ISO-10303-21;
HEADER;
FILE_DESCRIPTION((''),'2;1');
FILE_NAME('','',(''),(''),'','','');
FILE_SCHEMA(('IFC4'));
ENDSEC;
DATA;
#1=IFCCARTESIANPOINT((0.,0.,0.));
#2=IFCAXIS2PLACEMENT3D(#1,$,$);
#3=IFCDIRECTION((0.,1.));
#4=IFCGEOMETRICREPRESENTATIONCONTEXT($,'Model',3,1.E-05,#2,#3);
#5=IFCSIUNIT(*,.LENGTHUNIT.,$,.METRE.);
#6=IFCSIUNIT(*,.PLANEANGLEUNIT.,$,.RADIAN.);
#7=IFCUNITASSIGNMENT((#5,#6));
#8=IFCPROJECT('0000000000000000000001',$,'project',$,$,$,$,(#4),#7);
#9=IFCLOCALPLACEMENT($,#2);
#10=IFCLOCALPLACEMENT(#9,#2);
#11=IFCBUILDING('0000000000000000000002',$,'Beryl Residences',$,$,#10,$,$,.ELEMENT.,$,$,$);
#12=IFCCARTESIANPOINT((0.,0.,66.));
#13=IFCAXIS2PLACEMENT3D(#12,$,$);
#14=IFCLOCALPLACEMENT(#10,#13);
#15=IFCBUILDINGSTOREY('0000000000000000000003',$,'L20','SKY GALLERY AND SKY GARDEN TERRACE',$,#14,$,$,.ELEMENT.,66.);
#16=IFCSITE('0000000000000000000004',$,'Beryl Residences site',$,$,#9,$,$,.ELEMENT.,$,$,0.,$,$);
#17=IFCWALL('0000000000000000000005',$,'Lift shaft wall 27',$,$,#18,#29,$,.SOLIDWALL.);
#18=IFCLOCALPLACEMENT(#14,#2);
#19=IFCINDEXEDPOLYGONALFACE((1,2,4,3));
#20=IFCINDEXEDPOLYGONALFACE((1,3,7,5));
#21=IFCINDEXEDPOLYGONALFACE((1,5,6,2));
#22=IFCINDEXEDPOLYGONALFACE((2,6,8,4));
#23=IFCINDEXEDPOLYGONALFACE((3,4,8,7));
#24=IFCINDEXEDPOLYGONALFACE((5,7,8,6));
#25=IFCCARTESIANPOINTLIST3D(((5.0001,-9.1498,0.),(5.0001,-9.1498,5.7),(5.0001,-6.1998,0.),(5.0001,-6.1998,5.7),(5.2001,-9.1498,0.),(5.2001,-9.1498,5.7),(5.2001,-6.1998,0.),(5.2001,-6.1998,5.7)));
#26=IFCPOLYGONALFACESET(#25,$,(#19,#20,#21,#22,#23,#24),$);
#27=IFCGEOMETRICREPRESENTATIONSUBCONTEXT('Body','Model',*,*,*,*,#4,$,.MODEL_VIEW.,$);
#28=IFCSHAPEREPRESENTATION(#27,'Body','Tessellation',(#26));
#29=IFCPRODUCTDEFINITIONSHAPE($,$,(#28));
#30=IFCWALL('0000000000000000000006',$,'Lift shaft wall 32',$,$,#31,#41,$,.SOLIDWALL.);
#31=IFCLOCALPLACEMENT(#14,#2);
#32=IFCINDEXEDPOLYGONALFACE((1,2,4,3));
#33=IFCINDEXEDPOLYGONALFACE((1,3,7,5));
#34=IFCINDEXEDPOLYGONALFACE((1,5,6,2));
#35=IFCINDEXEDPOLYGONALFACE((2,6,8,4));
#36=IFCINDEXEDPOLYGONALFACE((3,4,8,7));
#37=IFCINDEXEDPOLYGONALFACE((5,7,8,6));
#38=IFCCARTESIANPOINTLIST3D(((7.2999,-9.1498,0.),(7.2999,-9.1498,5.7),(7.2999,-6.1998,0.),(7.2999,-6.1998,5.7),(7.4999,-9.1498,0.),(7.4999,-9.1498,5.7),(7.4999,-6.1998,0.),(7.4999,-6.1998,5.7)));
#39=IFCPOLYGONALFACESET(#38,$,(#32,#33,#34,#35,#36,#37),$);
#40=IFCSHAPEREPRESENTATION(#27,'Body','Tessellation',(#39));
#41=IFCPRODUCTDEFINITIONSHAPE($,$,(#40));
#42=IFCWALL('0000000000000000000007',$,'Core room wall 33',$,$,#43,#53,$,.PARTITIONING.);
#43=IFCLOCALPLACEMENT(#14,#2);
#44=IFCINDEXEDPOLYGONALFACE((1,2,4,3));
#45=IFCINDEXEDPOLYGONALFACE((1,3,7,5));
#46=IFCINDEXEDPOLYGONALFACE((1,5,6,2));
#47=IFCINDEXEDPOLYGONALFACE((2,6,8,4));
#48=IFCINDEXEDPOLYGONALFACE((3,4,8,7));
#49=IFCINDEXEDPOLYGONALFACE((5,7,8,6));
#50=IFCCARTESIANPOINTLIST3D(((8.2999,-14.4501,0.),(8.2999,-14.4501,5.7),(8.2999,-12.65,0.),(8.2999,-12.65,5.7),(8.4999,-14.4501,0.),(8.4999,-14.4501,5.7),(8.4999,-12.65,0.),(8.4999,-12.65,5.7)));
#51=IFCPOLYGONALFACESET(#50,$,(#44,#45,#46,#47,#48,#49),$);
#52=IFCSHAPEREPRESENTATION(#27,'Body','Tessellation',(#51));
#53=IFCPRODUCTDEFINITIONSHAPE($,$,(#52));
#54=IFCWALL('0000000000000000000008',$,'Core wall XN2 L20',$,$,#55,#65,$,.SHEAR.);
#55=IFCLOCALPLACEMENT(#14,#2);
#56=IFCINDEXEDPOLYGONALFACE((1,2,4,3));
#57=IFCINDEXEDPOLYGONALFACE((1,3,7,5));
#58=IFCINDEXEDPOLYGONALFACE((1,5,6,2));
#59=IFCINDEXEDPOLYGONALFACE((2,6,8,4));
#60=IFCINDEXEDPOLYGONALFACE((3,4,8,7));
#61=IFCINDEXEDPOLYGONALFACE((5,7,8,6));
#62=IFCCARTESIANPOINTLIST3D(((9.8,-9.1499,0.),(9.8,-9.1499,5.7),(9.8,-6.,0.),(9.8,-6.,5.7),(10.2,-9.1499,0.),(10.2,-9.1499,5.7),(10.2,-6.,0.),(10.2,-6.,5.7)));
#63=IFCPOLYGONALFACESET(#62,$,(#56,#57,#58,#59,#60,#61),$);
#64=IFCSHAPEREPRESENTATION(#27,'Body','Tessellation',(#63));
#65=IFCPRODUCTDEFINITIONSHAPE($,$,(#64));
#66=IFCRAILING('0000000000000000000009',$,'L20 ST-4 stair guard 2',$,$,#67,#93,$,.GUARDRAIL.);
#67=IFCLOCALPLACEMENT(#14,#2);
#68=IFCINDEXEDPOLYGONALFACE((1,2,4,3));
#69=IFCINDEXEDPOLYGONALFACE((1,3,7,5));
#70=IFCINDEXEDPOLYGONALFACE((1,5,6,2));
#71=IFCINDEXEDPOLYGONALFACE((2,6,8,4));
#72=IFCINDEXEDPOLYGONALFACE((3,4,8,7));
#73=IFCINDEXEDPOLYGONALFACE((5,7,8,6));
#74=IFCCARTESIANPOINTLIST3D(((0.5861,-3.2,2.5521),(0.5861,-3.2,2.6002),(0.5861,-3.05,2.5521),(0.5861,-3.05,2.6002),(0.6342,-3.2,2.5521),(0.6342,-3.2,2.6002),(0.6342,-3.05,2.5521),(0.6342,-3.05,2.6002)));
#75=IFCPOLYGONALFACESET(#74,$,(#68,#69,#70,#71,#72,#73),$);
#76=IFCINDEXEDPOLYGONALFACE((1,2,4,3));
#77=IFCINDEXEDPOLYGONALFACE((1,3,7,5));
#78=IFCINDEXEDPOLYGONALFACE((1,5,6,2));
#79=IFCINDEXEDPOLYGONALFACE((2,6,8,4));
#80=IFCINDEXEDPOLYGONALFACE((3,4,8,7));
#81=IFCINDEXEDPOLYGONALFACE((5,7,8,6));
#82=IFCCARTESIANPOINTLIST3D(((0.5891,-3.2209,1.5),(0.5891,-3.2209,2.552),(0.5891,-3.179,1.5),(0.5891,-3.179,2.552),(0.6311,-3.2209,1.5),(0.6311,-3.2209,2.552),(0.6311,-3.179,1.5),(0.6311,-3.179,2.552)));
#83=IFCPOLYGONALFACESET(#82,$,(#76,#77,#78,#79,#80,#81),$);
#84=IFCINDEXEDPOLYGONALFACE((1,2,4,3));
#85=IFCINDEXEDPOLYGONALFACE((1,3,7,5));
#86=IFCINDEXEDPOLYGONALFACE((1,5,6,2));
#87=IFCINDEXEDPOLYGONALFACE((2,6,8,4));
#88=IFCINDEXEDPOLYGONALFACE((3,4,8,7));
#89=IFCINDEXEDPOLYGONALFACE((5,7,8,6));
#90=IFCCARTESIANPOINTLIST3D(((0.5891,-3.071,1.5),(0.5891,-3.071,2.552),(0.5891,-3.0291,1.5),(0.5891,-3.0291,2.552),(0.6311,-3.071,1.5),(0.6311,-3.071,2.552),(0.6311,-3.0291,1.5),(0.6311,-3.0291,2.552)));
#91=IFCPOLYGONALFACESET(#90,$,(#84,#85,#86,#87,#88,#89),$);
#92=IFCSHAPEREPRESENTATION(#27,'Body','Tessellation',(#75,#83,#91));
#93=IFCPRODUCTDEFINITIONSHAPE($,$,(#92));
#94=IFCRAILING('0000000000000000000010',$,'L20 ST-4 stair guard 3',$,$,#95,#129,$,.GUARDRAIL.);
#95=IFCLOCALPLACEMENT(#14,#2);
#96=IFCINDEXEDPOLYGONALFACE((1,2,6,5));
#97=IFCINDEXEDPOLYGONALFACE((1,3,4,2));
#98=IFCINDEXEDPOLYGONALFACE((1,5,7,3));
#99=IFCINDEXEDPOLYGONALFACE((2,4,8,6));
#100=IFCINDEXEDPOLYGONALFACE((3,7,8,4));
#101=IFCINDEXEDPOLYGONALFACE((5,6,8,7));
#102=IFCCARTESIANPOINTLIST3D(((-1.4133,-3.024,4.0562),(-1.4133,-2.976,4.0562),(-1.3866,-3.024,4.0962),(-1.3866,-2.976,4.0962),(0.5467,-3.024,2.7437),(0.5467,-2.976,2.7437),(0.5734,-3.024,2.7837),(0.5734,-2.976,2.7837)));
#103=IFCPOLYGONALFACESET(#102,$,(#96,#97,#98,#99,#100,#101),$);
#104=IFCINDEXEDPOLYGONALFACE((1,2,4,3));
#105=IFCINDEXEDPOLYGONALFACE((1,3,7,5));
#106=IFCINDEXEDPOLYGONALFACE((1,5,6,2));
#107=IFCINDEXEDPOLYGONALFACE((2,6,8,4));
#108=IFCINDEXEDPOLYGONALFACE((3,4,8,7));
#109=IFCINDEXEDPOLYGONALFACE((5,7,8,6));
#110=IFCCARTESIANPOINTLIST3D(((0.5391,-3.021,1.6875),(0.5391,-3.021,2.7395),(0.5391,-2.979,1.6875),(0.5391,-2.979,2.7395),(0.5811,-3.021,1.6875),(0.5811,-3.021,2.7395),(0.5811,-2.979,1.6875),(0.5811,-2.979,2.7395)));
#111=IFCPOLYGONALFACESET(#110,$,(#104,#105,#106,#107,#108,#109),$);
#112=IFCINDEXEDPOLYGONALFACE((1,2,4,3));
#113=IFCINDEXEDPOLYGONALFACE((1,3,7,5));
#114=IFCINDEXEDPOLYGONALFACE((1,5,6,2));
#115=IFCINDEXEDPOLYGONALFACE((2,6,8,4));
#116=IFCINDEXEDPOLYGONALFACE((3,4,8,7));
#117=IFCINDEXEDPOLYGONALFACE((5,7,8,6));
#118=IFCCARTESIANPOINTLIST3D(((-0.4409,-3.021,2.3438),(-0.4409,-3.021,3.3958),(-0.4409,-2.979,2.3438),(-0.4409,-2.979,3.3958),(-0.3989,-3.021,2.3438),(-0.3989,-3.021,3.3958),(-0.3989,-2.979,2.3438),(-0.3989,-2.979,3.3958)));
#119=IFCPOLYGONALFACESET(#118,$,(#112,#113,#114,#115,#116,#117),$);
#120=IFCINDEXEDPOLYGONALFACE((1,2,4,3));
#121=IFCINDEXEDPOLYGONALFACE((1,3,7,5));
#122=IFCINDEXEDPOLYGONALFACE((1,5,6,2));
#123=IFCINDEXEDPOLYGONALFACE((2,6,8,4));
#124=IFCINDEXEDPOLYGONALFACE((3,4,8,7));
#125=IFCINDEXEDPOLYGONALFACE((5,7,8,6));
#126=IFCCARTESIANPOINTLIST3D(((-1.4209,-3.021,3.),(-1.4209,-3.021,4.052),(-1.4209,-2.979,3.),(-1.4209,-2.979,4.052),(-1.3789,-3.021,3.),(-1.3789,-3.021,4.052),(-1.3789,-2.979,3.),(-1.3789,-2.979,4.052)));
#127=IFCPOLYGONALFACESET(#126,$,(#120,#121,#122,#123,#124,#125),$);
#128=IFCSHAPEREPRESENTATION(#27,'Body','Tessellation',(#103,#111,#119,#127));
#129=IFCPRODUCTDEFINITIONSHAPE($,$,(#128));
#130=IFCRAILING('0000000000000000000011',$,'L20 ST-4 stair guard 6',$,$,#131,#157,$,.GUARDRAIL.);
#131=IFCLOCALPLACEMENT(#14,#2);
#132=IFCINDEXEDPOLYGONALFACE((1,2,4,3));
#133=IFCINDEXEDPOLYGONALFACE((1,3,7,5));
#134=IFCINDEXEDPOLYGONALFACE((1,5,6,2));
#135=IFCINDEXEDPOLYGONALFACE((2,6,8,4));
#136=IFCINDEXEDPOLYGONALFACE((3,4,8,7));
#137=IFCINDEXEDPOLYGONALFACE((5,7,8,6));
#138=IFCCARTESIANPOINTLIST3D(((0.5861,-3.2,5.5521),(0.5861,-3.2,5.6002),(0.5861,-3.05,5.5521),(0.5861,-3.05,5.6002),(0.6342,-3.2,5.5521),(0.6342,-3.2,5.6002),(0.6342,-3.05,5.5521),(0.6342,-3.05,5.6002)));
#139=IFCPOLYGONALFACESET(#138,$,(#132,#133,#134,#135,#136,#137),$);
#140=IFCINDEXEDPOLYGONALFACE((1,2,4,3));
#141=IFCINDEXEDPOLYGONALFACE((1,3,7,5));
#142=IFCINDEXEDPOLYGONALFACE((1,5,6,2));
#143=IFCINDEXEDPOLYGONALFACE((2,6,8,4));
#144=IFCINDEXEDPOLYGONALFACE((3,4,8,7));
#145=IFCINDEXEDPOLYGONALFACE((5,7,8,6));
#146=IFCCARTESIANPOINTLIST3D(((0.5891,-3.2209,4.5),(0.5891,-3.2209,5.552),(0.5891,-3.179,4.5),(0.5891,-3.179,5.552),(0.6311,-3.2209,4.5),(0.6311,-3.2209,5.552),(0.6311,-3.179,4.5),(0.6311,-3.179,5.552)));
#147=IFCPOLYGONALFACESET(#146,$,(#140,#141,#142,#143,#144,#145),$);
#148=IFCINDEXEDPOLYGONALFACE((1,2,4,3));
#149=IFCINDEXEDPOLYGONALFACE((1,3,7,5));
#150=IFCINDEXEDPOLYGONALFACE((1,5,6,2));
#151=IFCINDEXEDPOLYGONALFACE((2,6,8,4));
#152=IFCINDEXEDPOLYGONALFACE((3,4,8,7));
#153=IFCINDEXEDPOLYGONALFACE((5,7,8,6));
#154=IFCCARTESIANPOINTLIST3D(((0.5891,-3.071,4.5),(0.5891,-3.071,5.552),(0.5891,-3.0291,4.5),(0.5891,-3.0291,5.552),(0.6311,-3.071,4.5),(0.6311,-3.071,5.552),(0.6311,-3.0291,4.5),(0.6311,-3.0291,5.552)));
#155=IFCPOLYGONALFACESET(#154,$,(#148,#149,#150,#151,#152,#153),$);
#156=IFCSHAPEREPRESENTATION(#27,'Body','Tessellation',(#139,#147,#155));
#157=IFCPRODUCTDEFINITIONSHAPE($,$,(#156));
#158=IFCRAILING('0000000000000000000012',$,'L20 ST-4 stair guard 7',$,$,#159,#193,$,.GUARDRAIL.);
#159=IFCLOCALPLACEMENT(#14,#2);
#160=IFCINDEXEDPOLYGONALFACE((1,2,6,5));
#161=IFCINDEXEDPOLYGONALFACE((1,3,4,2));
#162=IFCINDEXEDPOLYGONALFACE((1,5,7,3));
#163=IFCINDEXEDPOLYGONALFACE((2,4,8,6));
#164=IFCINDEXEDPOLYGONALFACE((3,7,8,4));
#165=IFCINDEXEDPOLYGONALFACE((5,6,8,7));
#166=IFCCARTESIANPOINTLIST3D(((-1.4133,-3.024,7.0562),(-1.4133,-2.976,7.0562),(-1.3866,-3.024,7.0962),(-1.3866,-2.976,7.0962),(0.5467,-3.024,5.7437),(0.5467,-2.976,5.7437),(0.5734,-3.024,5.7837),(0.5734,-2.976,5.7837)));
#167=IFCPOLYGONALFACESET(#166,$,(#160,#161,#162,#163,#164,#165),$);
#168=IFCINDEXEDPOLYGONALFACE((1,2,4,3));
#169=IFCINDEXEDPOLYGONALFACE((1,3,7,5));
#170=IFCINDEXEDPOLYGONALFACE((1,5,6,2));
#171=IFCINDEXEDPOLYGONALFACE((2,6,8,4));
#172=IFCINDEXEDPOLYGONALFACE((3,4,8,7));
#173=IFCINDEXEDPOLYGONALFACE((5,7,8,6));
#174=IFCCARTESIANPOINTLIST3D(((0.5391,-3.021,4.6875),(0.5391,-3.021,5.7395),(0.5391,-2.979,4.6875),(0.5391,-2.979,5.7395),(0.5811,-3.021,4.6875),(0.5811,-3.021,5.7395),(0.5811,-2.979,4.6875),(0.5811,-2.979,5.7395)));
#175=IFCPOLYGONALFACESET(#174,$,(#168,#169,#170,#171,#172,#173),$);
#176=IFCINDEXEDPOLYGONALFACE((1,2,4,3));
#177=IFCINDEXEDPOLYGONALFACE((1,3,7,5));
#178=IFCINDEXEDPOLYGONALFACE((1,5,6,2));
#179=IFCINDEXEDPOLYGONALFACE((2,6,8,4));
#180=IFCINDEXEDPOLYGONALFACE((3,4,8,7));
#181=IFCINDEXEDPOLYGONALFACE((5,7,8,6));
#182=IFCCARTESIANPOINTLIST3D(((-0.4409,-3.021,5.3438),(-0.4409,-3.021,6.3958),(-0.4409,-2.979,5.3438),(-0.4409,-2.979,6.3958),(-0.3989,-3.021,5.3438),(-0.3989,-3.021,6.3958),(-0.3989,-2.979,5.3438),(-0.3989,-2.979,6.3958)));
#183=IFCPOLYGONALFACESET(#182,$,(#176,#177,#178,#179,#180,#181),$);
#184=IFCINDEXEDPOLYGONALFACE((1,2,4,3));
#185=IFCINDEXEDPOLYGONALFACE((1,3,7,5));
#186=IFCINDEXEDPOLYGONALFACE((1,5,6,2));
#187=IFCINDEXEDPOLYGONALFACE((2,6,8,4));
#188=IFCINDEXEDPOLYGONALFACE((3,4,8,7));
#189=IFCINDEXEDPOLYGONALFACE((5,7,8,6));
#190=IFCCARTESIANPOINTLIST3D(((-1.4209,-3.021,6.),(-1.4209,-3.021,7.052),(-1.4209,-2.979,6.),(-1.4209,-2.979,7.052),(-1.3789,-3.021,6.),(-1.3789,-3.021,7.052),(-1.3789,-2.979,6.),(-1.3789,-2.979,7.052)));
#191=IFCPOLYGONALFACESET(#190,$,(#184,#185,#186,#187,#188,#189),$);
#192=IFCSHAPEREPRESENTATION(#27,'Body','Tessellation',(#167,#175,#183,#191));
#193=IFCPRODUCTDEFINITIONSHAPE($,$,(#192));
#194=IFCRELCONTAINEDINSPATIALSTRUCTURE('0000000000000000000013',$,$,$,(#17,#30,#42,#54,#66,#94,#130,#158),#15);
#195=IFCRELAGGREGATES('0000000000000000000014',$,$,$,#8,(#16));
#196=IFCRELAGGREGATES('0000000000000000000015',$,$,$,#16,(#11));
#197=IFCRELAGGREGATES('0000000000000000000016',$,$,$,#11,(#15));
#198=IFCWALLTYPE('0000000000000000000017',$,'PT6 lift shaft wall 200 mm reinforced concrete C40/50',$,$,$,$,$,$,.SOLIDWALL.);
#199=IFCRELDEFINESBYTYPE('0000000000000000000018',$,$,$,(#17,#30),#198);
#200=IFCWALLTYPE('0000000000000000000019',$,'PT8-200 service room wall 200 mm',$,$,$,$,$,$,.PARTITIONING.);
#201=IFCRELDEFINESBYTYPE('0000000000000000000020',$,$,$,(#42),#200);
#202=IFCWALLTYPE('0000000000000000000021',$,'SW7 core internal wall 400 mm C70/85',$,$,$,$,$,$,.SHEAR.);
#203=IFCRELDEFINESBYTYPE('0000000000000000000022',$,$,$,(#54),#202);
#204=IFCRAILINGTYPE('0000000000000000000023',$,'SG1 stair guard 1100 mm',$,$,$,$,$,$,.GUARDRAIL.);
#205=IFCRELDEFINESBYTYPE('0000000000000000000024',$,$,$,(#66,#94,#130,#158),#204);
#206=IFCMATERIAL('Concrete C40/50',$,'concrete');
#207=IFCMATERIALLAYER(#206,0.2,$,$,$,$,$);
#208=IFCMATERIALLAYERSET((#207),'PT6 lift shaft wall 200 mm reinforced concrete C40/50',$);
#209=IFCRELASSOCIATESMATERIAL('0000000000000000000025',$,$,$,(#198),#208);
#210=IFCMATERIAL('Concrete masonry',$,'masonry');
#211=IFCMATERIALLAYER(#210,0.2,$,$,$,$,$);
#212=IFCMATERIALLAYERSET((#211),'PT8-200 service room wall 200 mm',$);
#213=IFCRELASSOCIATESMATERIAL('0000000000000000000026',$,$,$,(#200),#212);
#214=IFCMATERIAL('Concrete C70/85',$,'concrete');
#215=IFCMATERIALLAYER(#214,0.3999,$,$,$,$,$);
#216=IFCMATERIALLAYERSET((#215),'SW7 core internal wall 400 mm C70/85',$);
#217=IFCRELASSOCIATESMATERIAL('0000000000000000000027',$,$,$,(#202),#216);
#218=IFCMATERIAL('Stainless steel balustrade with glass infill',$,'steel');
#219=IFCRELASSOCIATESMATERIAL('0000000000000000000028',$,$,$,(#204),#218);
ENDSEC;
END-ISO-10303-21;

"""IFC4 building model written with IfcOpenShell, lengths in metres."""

from ifc_helpers import new_model, si_unit, direction, frame, frame_2d, origin, origin_2d, place, context, subcontext, project, spatial, rectangle, extrude, material, layer, layer_set, type_object, element, save


model = new_model("IFC4")

# Units and contexts
model_context = context("Model", 3, precision=1e-05, world=origin(), true_north=direction((0.0, 1.0)))
body_context = subcontext(model_context, "Body", "Model", "MODEL_VIEW")
ifc_project = project(units=[si_unit("LENGTHUNIT", "METRE"), si_unit("PLANEANGLEUNIT", "RADIAN")], contexts=[model_context])

# Site, building, storey
site_placement = place(None, origin())
site = spatial("IfcSite", under=ifc_project, at=site_placement, Name="Beryl Residences site", CompositionType="ELEMENT", RefElevation=0.0)
building_placement = place(site_placement, origin())
building = spatial("IfcBuilding", under=site, at=building_placement, Name="Beryl Residences", CompositionType="ELEMENT")
storey_placement = place(building_placement, frame((0.0, 0.0, 66.0)))
storey = spatial("IfcBuildingStorey", under=building, at=storey_placement, Name="L20", Description="SKY GALLERY AND SKY GARDEN TERRACE", CompositionType="ELEMENT", Elevation=66.0)

# Walls
ifc_material_1 = material(Name="Concrete C40/50", Category="concrete")
ifc_layer_1 = layer(ifc_material_1, 0.2)
ifc_layer_set_1 = layer_set([ifc_layer_1], Name="PT6 lift shaft wall 200 mm reinforced concrete C40/50")
wall_type_1 = type_object("IfcWallType", Name="PT6 lift shaft wall 200 mm reinforced concrete C40/50", PredefinedType="SOLIDWALL", material=ifc_layer_set_1)
for number, where, z_axis, x_axis, name in (
    (1, (5.1001, -9.1499, 0.0), (0.0, 0.0, 1.0), (0.0, 1.0, 0.0), "Lift shaft wall 27"),
    (2, (7.3999, -9.1499, 0.0), (0.0, 0.0, 1.0), (0.0, 1.0, 0.0), "Lift shaft wall 32"),
):
    element("IfcWall", number, at=place(storey_placement, frame(where, z_axis=z_axis, x_axis=x_axis)), inside=storey, type_object=wall_type_1, Name=name, PredefinedType="SOLIDWALL", context=body_context, shape_type="SweptSolid", body=[
        extrude(rectangle(XDim=2.95, YDim=0.2, at=frame_2d((1.4751, 0.0))), origin(), (0.0, 0.0, 1.0), 5.7),
    ])
ifc_material_2 = material(Name="Concrete masonry", Category="masonry")
ifc_layer_2 = layer(ifc_material_2, 0.2)
ifc_layer_set_2 = layer_set([ifc_layer_2], Name="PT8-200 service room wall 200 mm")
wall_type_2 = type_object("IfcWallType", Name="PT8-200 service room wall 200 mm", PredefinedType="PARTITIONING", material=ifc_layer_set_2)
wall_1_placement = place(storey_placement, frame((8.3999, -14.45, 0.0), z_axis=(0.0, 0.0, 1.0), x_axis=(0.0, 1.0, 0.0)))
element("IfcWall", 3, at=wall_1_placement, inside=storey, type_object=wall_type_2, Name="Core room wall 33", PredefinedType="PARTITIONING", context=body_context, shape_type="SweptSolid", body=[
    extrude(rectangle(XDim=1.8, YDim=0.2, at=frame_2d((0.8999, 0.0))), origin(), (0.0, 0.0, 1.0), 5.7),
])
ifc_material_3 = material(Name="Concrete C70/85", Category="concrete")
ifc_layer_3 = layer(ifc_material_3, 0.3999)
ifc_layer_set_3 = layer_set([ifc_layer_3], Name="SW7 core internal wall 400 mm C70/85")
wall_type_3 = type_object("IfcWallType", Name="SW7 core internal wall 400 mm C70/85", PredefinedType="SHEAR", material=ifc_layer_set_3)
wall_2_placement = place(storey_placement, frame((10.0, -9.1499, 0.0), z_axis=(0.0, 0.0, 1.0), x_axis=(0.0, 1.0, 0.0)))
element("IfcWall", 4, at=wall_2_placement, inside=storey, type_object=wall_type_3, Name="Core wall XN2 L20", PredefinedType="SHEAR", context=body_context, shape_type="SweptSolid", body=[
    extrude(rectangle(XDim=3.1499, YDim=0.3999, at=frame_2d((1.575, 0.0))), origin(), (0.0, 0.0, 1.0), 5.7),
])

# Railings
ifc_material_4 = material(Name="Stainless steel balustrade with glass infill", Category="steel")
railing_type = type_object("IfcRailingType", Name="SG1 stair guard 1100 mm", PredefinedType="GUARDRAIL", material=ifc_material_4)
railing_1_placement = place(storey_placement, frame((0.6101, -3.2, 1.5)))
element("IfcRailing", 5, at=railing_1_placement, inside=storey, type_object=railing_type, Name="L20 ST-4 stair guard 2", PredefinedType="GUARDRAIL", context=body_context, shape_type="SweptSolid", body=[
    extrude(rectangle(XDim=0.0481, YDim=0.0481, at=origin_2d()), frame((0.0, 0.0, 1.0762), z_axis=(0.0, 1.0, 0.0), x_axis=(-1.0, 0.0, 0.0)), (0.0, 0.0, 1.0), 0.1499),
    extrude(rectangle(XDim=0.042, YDim=0.042, at=origin_2d()), origin(), (0.0, 0.0, 1.0), 1.052),
    extrude(rectangle(XDim=0.042, YDim=0.042, at=origin_2d()), frame((0.0, 0.1499, 0.0)), (0.0, 0.0, 1.0), 1.052),
])
railing_2_placement = place(storey_placement, frame((0.5601, -3.0, 1.6875)))
element("IfcRailing", 6, at=railing_2_placement, inside=storey, type_object=railing_type, Name="L20 ST-4 stair guard 3", PredefinedType="GUARDRAIL", context=body_context, shape_type="SweptSolid", body=[
    extrude(rectangle(XDim=0.0481, YDim=0.0481, at=origin_2d()), frame((0.0, 0.0, 1.0762), z_axis=(-0.830902, 0.0, 0.556419), x_axis=(0.0, -1.0, 0.0)), (0.0, 0.0, 1.0), 2.3589),
    extrude(rectangle(XDim=0.042, YDim=0.042, at=origin_2d()), origin(), (0.0, 0.0, 1.0), 1.052),
    extrude(rectangle(XDim=0.042, YDim=0.042, at=origin_2d()), frame((-0.98, 0.0, 0.6562)), (0.0, 0.0, 1.0), 1.052),
    extrude(rectangle(XDim=0.042, YDim=0.042, at=origin_2d()), frame((-1.96, 0.0, 1.3125)), (0.0, 0.0, 1.0), 1.052),
])
railing_3_placement = place(storey_placement, frame((0.6101, -3.2, 4.5)))
element("IfcRailing", 7, at=railing_3_placement, inside=storey, type_object=railing_type, Name="L20 ST-4 stair guard 6", PredefinedType="GUARDRAIL", context=body_context, shape_type="SweptSolid", body=[
    extrude(rectangle(XDim=0.0481, YDim=0.0481, at=origin_2d()), frame((0.0, 0.0, 1.0762), z_axis=(0.0, 1.0, 0.0), x_axis=(-1.0, 0.0, 0.0)), (0.0, 0.0, 1.0), 0.1499),
    extrude(rectangle(XDim=0.042, YDim=0.042, at=origin_2d()), origin(), (0.0, 0.0, 1.0), 1.052),
    extrude(rectangle(XDim=0.042, YDim=0.042, at=origin_2d()), frame((0.0, 0.1499, 0.0)), (0.0, 0.0, 1.0), 1.052),
])
railing_4_placement = place(storey_placement, frame((0.5601, -3.0, 4.6875)))
element("IfcRailing", 8, at=railing_4_placement, inside=storey, type_object=railing_type, Name="L20 ST-4 stair guard 7", PredefinedType="GUARDRAIL", context=body_context, shape_type="SweptSolid", body=[
    extrude(rectangle(XDim=0.0481, YDim=0.0481, at=origin_2d()), frame((0.0, 0.0, 1.0762), z_axis=(-0.830902, 0.0, 0.556419), x_axis=(0.0, -1.0, 0.0)), (0.0, 0.0, 1.0), 2.3589),
    extrude(rectangle(XDim=0.042, YDim=0.042, at=origin_2d()), origin(), (0.0, 0.0, 1.0), 1.052),
    extrude(rectangle(XDim=0.042, YDim=0.042, at=origin_2d()), frame((-0.98, 0.0, 0.6562)), (0.0, 0.0, 1.0), 1.052),
    extrude(rectangle(XDim=0.042, YDim=0.042, at=origin_2d()), frame((-1.96, 0.0, 1.3125)), (0.0, 0.0, 1.0), 1.052),
])

save(model, "model.ifc")
